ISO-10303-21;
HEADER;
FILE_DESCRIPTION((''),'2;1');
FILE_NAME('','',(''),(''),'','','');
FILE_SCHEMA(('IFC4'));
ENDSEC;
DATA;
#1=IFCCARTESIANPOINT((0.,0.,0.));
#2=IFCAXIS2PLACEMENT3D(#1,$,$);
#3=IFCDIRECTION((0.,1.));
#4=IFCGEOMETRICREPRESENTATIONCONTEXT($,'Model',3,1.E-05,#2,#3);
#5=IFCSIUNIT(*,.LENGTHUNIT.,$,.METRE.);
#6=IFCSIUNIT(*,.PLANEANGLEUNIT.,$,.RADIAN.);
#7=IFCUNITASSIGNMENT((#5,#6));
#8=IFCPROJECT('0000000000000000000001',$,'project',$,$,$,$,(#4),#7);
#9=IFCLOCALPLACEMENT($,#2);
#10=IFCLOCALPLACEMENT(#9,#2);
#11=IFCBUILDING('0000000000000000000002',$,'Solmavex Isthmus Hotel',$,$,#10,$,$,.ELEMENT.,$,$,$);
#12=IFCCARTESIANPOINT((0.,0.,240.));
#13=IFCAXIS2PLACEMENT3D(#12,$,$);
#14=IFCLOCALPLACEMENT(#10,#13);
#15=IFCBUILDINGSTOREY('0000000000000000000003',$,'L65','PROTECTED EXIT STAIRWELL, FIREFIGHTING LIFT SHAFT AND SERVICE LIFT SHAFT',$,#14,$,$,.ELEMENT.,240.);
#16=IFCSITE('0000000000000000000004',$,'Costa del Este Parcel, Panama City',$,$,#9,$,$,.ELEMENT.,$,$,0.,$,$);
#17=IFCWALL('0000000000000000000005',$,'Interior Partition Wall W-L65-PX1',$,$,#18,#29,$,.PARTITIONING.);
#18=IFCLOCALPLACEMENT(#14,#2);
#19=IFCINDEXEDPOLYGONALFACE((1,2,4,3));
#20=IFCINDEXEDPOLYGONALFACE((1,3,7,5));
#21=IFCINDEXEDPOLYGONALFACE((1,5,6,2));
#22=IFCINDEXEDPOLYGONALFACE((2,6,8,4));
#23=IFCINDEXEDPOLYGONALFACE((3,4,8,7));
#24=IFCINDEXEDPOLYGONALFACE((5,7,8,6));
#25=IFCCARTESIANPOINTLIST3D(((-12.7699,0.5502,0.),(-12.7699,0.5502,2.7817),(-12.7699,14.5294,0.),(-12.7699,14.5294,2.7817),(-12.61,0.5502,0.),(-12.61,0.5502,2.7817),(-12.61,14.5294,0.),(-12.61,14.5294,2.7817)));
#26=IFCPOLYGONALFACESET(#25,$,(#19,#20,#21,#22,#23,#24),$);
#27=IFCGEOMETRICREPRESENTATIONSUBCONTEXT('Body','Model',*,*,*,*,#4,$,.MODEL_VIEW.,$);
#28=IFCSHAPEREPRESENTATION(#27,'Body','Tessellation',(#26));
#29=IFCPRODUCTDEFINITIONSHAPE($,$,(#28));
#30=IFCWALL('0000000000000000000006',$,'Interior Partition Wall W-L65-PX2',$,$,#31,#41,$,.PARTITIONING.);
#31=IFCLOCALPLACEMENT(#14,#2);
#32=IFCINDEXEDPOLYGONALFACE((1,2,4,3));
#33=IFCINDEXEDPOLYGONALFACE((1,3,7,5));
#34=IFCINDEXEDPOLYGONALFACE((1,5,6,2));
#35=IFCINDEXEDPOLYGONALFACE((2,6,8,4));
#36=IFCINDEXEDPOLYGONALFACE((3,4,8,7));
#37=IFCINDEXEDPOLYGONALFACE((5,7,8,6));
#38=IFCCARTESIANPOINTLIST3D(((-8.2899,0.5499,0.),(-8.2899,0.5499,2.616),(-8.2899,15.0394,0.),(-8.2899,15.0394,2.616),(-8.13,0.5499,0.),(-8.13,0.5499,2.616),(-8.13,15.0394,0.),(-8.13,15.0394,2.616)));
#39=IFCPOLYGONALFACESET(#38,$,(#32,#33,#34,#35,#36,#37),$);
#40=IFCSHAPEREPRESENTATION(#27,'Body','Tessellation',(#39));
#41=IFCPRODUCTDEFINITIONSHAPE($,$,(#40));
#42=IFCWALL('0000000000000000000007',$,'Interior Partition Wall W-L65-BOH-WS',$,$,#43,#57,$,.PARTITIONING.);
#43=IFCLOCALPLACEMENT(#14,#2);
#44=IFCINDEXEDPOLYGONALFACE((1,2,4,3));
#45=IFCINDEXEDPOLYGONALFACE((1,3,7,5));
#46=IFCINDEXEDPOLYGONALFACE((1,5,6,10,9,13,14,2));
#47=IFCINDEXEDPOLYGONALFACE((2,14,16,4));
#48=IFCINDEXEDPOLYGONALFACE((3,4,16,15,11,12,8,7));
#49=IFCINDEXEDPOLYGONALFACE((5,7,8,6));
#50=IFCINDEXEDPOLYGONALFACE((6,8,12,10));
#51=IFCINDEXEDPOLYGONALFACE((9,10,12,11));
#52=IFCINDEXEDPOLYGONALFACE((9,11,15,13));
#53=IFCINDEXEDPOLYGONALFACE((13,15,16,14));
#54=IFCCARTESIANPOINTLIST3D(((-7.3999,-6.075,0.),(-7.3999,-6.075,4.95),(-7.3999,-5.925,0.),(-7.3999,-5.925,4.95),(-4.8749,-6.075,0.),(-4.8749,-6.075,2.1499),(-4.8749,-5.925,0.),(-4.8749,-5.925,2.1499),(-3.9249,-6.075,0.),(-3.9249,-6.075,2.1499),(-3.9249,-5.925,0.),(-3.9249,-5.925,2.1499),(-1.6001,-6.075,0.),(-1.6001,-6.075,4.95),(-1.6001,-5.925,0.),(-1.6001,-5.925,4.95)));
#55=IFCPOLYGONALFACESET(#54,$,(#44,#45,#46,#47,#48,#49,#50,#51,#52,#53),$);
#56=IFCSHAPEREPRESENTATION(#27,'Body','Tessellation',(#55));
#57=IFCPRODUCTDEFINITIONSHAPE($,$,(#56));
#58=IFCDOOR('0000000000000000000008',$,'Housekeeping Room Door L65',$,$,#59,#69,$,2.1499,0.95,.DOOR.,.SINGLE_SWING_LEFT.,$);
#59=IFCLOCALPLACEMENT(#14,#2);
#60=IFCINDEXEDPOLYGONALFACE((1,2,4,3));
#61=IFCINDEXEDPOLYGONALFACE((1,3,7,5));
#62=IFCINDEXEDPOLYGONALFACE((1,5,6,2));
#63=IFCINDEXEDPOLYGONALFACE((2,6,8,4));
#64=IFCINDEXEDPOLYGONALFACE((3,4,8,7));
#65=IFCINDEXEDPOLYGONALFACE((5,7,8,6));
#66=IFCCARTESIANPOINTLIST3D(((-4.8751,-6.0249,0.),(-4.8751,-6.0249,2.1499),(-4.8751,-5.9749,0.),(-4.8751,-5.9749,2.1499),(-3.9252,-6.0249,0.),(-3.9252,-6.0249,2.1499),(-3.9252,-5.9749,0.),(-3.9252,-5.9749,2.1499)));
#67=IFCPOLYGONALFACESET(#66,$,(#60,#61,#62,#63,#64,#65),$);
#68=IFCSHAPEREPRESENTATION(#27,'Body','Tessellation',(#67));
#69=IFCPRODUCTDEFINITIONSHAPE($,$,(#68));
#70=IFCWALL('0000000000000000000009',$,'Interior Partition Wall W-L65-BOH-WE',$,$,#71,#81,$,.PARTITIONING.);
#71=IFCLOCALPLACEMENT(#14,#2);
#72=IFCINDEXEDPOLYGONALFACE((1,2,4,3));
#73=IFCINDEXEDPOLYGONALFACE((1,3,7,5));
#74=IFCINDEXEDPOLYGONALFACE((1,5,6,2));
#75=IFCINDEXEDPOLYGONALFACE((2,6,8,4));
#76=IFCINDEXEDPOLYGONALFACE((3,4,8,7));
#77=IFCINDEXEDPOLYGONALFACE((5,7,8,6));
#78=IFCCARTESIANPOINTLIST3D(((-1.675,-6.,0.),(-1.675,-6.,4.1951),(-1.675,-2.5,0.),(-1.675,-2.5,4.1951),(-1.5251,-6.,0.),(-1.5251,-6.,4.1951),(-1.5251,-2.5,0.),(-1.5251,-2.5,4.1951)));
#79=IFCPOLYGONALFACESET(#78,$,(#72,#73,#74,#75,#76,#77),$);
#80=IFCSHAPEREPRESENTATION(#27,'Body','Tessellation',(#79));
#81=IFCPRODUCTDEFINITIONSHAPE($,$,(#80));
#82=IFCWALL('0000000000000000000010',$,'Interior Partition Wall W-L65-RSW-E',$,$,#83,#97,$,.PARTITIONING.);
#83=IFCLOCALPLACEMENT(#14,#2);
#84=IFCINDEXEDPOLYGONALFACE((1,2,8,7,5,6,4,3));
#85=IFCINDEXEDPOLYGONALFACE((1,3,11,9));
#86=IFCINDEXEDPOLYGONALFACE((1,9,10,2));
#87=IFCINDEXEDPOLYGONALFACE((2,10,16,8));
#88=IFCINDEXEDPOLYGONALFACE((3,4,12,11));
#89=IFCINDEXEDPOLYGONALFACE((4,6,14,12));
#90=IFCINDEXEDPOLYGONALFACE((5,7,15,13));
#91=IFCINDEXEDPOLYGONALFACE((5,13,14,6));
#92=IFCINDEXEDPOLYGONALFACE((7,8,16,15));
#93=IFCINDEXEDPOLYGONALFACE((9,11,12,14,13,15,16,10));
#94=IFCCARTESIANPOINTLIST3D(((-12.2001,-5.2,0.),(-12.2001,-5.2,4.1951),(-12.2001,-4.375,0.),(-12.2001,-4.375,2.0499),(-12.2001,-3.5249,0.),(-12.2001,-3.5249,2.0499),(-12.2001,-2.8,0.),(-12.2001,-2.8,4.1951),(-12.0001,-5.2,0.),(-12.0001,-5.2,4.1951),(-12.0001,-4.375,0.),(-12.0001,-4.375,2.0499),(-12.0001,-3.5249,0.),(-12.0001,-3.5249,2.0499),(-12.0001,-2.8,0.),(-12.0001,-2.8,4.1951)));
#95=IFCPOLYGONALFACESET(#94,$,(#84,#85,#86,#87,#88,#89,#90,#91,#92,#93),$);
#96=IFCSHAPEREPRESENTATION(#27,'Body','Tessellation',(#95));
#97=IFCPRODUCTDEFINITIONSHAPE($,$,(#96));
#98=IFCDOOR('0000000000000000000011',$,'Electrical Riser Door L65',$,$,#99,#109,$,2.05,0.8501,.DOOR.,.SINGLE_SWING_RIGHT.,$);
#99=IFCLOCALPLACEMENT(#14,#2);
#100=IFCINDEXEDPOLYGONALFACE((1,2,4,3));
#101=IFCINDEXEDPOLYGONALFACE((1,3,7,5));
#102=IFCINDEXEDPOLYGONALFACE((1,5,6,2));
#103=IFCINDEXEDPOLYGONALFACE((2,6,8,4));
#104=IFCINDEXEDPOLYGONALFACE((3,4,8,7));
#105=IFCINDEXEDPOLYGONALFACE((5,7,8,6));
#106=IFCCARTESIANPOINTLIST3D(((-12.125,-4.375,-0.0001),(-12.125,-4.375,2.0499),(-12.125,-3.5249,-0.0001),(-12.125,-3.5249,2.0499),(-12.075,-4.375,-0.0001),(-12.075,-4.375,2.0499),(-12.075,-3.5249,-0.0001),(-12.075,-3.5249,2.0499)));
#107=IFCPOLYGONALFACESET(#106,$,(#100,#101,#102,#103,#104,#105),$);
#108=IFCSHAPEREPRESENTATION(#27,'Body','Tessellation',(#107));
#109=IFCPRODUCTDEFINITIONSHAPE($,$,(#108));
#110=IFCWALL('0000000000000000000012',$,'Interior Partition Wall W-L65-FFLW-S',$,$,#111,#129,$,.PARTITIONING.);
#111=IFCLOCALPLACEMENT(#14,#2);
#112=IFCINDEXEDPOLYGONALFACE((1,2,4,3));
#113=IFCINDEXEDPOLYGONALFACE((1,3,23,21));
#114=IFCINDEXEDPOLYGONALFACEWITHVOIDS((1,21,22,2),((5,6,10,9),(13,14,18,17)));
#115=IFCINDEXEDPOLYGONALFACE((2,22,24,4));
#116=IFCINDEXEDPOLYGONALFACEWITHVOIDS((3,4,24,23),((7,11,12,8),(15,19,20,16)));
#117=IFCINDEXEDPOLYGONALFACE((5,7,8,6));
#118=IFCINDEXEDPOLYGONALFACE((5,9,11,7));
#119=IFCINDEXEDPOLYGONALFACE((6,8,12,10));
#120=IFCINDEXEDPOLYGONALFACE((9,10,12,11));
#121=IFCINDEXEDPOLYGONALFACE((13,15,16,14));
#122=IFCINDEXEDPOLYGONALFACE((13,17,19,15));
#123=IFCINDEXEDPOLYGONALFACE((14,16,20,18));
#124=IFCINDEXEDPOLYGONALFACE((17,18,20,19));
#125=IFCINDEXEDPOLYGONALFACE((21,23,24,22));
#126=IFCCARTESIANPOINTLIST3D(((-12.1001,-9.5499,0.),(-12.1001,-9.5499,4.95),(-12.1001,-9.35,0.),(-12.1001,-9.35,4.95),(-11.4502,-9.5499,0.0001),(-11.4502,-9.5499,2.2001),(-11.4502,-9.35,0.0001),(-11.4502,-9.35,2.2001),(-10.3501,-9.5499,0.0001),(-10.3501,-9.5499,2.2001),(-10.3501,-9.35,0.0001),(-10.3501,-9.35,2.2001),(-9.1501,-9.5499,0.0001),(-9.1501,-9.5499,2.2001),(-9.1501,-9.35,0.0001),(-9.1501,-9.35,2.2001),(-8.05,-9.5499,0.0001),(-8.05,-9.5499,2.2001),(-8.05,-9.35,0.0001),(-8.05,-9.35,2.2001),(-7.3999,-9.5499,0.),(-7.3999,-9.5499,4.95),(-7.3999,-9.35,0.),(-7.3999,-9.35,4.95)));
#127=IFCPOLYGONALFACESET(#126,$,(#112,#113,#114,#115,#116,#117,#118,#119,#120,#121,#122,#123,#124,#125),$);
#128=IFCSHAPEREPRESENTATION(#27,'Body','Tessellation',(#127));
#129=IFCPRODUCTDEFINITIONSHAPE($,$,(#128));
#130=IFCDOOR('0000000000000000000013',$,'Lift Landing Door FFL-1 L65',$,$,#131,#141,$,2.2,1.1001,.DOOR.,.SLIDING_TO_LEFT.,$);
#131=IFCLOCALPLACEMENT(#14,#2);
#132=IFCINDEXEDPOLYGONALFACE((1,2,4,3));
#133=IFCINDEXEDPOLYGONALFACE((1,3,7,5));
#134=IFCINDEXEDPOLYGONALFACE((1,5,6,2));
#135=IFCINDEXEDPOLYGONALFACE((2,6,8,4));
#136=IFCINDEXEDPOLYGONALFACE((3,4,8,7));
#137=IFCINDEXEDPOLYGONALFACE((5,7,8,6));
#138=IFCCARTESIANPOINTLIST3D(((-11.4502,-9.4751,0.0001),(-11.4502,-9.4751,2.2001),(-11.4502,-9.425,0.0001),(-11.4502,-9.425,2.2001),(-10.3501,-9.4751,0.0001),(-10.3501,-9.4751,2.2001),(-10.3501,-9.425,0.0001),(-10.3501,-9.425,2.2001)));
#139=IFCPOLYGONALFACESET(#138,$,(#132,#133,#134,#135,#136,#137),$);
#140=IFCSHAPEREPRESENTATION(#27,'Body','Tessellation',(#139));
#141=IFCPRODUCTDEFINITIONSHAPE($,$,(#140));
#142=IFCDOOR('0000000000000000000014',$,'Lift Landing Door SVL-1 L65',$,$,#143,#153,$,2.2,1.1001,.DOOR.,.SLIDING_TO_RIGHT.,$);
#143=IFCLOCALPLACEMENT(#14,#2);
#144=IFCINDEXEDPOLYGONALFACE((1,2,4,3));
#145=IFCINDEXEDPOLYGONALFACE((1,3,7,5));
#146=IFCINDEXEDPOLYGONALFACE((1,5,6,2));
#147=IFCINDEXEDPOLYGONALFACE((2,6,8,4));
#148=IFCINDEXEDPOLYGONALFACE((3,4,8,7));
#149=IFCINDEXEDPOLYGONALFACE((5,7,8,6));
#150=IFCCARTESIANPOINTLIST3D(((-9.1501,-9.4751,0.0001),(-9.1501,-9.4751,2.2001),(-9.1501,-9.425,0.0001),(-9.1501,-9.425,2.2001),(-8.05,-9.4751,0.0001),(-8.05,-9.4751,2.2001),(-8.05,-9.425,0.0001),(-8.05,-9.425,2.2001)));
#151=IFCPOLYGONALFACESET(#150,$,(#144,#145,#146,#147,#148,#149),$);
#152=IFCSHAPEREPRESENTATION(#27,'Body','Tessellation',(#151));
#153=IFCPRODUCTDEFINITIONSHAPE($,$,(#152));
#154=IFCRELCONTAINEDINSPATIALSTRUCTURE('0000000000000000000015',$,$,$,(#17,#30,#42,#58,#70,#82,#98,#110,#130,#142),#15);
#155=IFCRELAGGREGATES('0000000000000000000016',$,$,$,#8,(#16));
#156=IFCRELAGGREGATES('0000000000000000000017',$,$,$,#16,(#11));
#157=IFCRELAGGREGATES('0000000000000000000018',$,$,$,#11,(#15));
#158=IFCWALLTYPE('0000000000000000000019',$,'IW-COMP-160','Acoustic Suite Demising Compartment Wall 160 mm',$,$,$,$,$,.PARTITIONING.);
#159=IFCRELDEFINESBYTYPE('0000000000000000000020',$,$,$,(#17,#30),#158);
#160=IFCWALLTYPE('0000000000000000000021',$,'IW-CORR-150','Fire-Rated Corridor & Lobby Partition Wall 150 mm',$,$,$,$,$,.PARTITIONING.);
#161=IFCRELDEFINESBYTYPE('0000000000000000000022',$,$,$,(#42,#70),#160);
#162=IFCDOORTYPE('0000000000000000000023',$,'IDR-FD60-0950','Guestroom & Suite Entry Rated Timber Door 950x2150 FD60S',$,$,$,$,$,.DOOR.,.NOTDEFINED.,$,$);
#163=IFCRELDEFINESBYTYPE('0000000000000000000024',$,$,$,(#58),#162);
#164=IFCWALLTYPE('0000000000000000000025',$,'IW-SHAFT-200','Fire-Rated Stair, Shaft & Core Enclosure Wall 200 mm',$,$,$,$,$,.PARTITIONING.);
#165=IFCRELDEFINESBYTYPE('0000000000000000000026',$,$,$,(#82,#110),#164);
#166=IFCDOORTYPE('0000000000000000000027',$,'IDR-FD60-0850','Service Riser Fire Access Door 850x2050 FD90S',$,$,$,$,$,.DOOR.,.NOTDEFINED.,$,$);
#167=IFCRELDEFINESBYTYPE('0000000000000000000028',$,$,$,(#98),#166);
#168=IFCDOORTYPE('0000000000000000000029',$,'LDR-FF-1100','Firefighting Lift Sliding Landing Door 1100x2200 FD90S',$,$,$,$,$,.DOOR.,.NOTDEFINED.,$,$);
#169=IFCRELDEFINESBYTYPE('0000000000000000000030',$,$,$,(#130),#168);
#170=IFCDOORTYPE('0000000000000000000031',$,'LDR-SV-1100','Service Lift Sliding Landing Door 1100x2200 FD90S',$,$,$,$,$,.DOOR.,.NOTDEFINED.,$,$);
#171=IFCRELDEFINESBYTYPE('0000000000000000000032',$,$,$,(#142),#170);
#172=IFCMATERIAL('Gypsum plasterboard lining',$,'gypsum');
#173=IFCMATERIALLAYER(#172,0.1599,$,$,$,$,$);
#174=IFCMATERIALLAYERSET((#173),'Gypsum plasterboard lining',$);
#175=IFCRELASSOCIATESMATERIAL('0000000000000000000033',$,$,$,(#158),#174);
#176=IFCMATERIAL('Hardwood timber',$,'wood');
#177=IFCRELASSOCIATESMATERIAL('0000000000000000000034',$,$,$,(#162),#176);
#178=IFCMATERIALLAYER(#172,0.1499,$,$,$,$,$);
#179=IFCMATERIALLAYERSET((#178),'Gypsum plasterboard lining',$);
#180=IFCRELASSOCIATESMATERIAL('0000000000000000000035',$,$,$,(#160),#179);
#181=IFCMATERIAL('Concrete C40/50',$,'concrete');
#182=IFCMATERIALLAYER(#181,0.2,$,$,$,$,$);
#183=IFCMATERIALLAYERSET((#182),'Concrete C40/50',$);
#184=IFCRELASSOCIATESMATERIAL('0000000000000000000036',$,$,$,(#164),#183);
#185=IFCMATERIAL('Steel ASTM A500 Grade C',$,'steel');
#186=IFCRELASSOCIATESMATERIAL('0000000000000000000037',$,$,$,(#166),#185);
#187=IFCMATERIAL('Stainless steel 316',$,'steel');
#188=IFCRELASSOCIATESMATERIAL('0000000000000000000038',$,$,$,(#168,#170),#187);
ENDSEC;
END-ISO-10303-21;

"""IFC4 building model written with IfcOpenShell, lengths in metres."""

from ifc_helpers import new_model, si_unit, direction, frame, frame_2d, origin, place, context, subcontext, project, spatial, rectangle, extrude, material, layer, layer_set, type_object, element, fill, save


model = new_model("IFC4")

# Units and contexts
model_context = context("Model", 3, precision=1e-05, world=origin(), true_north=direction((0.0, 1.0)))
body_context = subcontext(model_context, "Body", "Model", "MODEL_VIEW")
ifc_project = project(units=[si_unit("LENGTHUNIT", "METRE"), si_unit("PLANEANGLEUNIT", "RADIAN")], contexts=[model_context])

# Site, building, storey
site_placement = place(None, origin())
site = spatial("IfcSite", under=ifc_project, at=site_placement, Name="Costa del Este Parcel, Panama City", CompositionType="ELEMENT", RefElevation=0.0)
building_placement = place(site_placement, origin())
building = spatial("IfcBuilding", under=site, at=building_placement, Name="Solmavex Isthmus Hotel", CompositionType="ELEMENT")
storey_placement = place(building_placement, frame((0.0, 0.0, 240.0)))
storey = spatial("IfcBuildingStorey", under=building, at=storey_placement, Name="L65", Description="PROTECTED EXIT STAIRWELL, FIREFIGHTING LIFT SHAFT AND SERVICE LIFT SHAFT", CompositionType="ELEMENT", Elevation=240.0)

# Shared definitions
ifc_material_1 = material(Name="Gypsum plasterboard lining", Category="gypsum")
ifc_layer_1 = layer(ifc_material_1, 0.1599)
ifc_layer_set_1 = layer_set([ifc_layer_1], Name="Gypsum plasterboard lining")
wall_type_1 = type_object("IfcWallType", Name="IW-COMP-160", Description="Acoustic Suite Demising Compartment Wall 160 mm", PredefinedType="PARTITIONING", material=ifc_layer_set_1)
ifc_material_2 = material(Name="Hardwood timber", Category="wood")
door_type_1 = type_object("IfcDoorType", Name="IDR-FD60-0950", Description="Guestroom & Suite Entry Rated Timber Door 950x2150 FD60S", OperationType="NOTDEFINED", PredefinedType="DOOR", material=ifc_material_2)

# Walls
wall_1_placement = place(storey_placement, frame((-12.6899, 0.55, 0.0), z_axis=(0.0, 0.0, 1.0), x_axis=(0.0, 1.0, 0.0)))
element("IfcWall", 1, at=wall_1_placement, inside=storey, type_object=wall_type_1, Name="Interior Partition Wall W-L65-PX1", PredefinedType="PARTITIONING", context=body_context, shape_type="SweptSolid", body=[
    extrude(rectangle(XDim=13.9792, YDim=0.1599, at=frame_2d((6.9897, 0.0))), origin(), (0.0, 0.0, 1.0), 2.7817),
])
wall_2_placement = place(storey_placement, frame((-8.21, 0.55, 0.0), z_axis=(0.0, 0.0, 1.0), x_axis=(0.0, 1.0, 0.0)))
element("IfcWall", 2, at=wall_2_placement, inside=storey, type_object=wall_type_1, Name="Interior Partition Wall W-L65-PX2", PredefinedType="PARTITIONING", context=body_context, shape_type="SweptSolid", body=[
    extrude(rectangle(XDim=14.4895, YDim=0.1599, at=frame_2d((7.2446, 0.0))), origin(), (0.0, 0.0, 1.0), 2.616),
])

# Wall, opening, door
ifc_layer_2 = layer(ifc_material_1, 0.1499)
ifc_layer_set_2 = layer_set([ifc_layer_2], Name="Gypsum plasterboard lining")
wall_type_2 = type_object("IfcWallType", Name="IW-CORR-150", Description="Fire-Rated Corridor & Lobby Partition Wall 150 mm", PredefinedType="PARTITIONING", material=ifc_layer_set_2)
wall_3_placement = place(storey_placement, frame((-7.3999, -6.0, 0.0), z_axis=(0.0, 0.0, 1.0), x_axis=(1.0, 0.0, 0.0)))
wall_3 = element("IfcWall", 3, at=wall_3_placement, inside=storey, type_object=wall_type_2, Name="Interior Partition Wall W-L65-BOH-WS", PredefinedType="PARTITIONING", context=body_context, shape_type="SweptSolid", body=[
    extrude(rectangle(XDim=5.7998, YDim=0.1499, at=frame_2d((2.8999, 0.0))), origin(), (0.0, 0.0, 1.0), 4.95),
])
opening_1_placement = place(wall_3_placement, frame((2.5249, 0.0, 0.0)))
opening_1 = element("IfcOpeningElement", 4, at=opening_1_placement, cuts=wall_3, PredefinedType="OPENING", context=body_context, shape_type="SweptSolid", body=[
    extrude(rectangle(XDim=0.95, YDim=2.1499, at=frame_2d((0.4751, 1.075))), frame((0.0, 0.085, 0.0), z_axis=(0.0, -1.0, 0.0), x_axis=(1.0, 0.0, 0.0)), (0.0, 0.0, 1.0), 0.1699),
])
door_1_placement = place(opening_1_placement, frame((0.95, 0.0, 0.0), z_axis=(0.0, 0.0, 1.0), x_axis=(-1.0, 0.0, 0.0)))
door_1 = element("IfcDoor", 5, at=door_1_placement, inside=storey, type_object=door_type_1, Name="Housekeeping Room Door L65", OperationType="SINGLE_SWING_LEFT", OverallHeight=2.1499, OverallWidth=0.95, PredefinedType="DOOR", context=body_context, shape_type="SweptSolid", body=[
    extrude(rectangle(XDim=0.95, YDim=2.1499, at=frame_2d((0.4751, 1.075))), frame((0.0, 0.0249, 0.0), z_axis=(0.0, -1.0, 0.0), x_axis=(1.0, 0.0, 0.0)), (0.0, 0.0, 1.0), 0.05),
])
fill(opening_1, door_1)

# Wall
wall_4_placement = place(storey_placement, frame((-1.6001, -6.0, 0.0), z_axis=(0.0, 0.0, 1.0), x_axis=(0.0, 1.0, 0.0)))
element("IfcWall", 6, at=wall_4_placement, inside=storey, type_object=wall_type_2, Name="Interior Partition Wall W-L65-BOH-WE", PredefinedType="PARTITIONING", context=body_context, shape_type="SweptSolid", body=[
    extrude(rectangle(XDim=3.5, YDim=0.1499, at=frame_2d((1.75, 0.0))), origin(), (0.0, 0.0, 1.0), 4.1951),
])

# Wall, opening, door
ifc_material_3 = material(Name="Concrete C40/50", Category="concrete")
ifc_layer_3 = layer(ifc_material_3, 0.2)
ifc_layer_set_3 = layer_set([ifc_layer_3], Name="Concrete C40/50")
wall_type_3 = type_object("IfcWallType", Name="IW-SHAFT-200", Description="Fire-Rated Stair, Shaft & Core Enclosure Wall 200 mm", PredefinedType="PARTITIONING", material=ifc_layer_set_3)
wall_5_placement = place(storey_placement, frame((-12.1001, -5.2, 0.0), z_axis=(0.0, 0.0, 1.0), x_axis=(0.0, 1.0, 0.0)))
wall_5 = element("IfcWall", 7, at=wall_5_placement, inside=storey, type_object=wall_type_3, Name="Interior Partition Wall W-L65-RSW-E", PredefinedType="PARTITIONING", context=body_context, shape_type="SweptSolid", body=[
    extrude(rectangle(XDim=2.3999, YDim=0.2, at=frame_2d((1.2, 0.0))), origin(), (0.0, 0.0, 1.0), 4.1951),
])
opening_2_placement = place(wall_5_placement, frame((0.825, 0.0, 0.0)))
opening_2 = element("IfcOpeningElement", 8, at=opening_2_placement, cuts=wall_5, PredefinedType="OPENING", context=body_context, shape_type="SweptSolid", body=[
    extrude(rectangle(XDim=0.8501, YDim=2.05, at=frame_2d((0.425, 1.0249))), frame((0.0, 0.1099, 0.0), z_axis=(0.0, -1.0, 0.0), x_axis=(1.0, 0.0, 0.0)), (0.0, 0.0, 1.0), 0.22),
])
ifc_material_4 = material(Name="Steel ASTM A500 Grade C", Category="steel")
door_type_2 = type_object("IfcDoorType", Name="IDR-FD60-0850", Description="Service Riser Fire Access Door 850x2050 FD90S", OperationType="NOTDEFINED", PredefinedType="DOOR", material=ifc_material_4)
door_2_placement = place(opening_2_placement, origin())
door_2 = element("IfcDoor", 9, at=door_2_placement, inside=storey, type_object=door_type_2, Name="Electrical Riser Door L65", OperationType="SINGLE_SWING_RIGHT", OverallHeight=2.05, OverallWidth=0.8501, PredefinedType="DOOR", context=body_context, shape_type="SweptSolid", body=[
    extrude(rectangle(XDim=0.8501, YDim=2.05, at=frame_2d((0.425, 1.0249))), frame((0.0, 0.0249, 0.0), z_axis=(0.0, -1.0, 0.0), x_axis=(1.0, 0.0, 0.0)), (0.0, 0.0, 1.0), 0.05),
])
fill(opening_2, door_2)

# Wall, openings, doors
wall_6_placement = place(storey_placement, frame((-12.1001, -9.45, 0.0), z_axis=(0.0, 0.0, 1.0), x_axis=(1.0, 0.0, 0.0)))
wall_6 = element("IfcWall", 10, at=wall_6_placement, inside=storey, type_object=wall_type_3, Name="Interior Partition Wall W-L65-FFLW-S", PredefinedType="PARTITIONING", context=body_context, shape_type="SweptSolid", body=[
    extrude(rectangle(XDim=4.7002, YDim=0.2, at=frame_2d((2.3501, 0.0))), origin(), (0.0, 0.0, 1.0), 4.95),
])
opening_3_placement = place(wall_6_placement, frame((0.6499, 0.0, 0.0)))
opening_3 = element("IfcOpeningElement", 11, at=opening_3_placement, cuts=wall_6, PredefinedType="OPENING", context=body_context, shape_type="SweptSolid", body=[
    extrude(rectangle(XDim=1.1001, YDim=2.2, at=frame_2d((0.55, 1.1001))), frame((0.0, 0.1099, 0.0), z_axis=(0.0, -1.0, 0.0), x_axis=(1.0, 0.0, 0.0)), (0.0, 0.0, 1.0), 0.22),
])
opening_4_placement = place(wall_6_placement, frame((2.95, 0.0, 0.0)))
opening_4 = element("IfcOpeningElement", 12, at=opening_4_placement, cuts=wall_6, PredefinedType="OPENING", context=body_context, shape_type="SweptSolid", body=[
    extrude(rectangle(XDim=1.1001, YDim=2.2, at=frame_2d((0.55, 1.1001))), frame((0.0, 0.1099, 0.0), z_axis=(0.0, -1.0, 0.0), x_axis=(1.0, 0.0, 0.0)), (0.0, 0.0, 1.0), 0.22),
])
ifc_material_5 = material(Name="Stainless steel 316", Category="steel")
door_type_3 = type_object("IfcDoorType", Name="LDR-FF-1100", Description="Firefighting Lift Sliding Landing Door 1100x2200 FD90S", OperationType="NOTDEFINED", PredefinedType="DOOR", material=ifc_material_5)
door_3_placement = place(opening_3_placement, origin())
door_3 = element("IfcDoor", 13, at=door_3_placement, inside=storey, type_object=door_type_3, Name="Lift Landing Door FFL-1 L65", OperationType="SLIDING_TO_LEFT", OverallHeight=2.2, OverallWidth=1.1001, PredefinedType="DOOR", context=body_context, shape_type="SweptSolid", body=[
    extrude(rectangle(XDim=1.1001, YDim=2.2, at=frame_2d((0.55, 1.1001))), frame((0.0, 0.0249, 0.0), z_axis=(0.0, -1.0, 0.0), x_axis=(1.0, 0.0, 0.0)), (0.0, 0.0, 1.0), 0.05),
])
fill(opening_3, door_3)
door_type_4 = type_object("IfcDoorType", Name="LDR-SV-1100", Description="Service Lift Sliding Landing Door 1100x2200 FD90S", OperationType="NOTDEFINED", PredefinedType="DOOR", material=ifc_material_5)
door_4_placement = place(opening_4_placement, origin())
door_4 = element("IfcDoor", 14, at=door_4_placement, inside=storey, type_object=door_type_4, Name="Lift Landing Door SVL-1 L65", OperationType="SLIDING_TO_RIGHT", OverallHeight=2.2, OverallWidth=1.1001, PredefinedType="DOOR", context=body_context, shape_type="SweptSolid", body=[
    extrude(rectangle(XDim=1.1001, YDim=2.2, at=frame_2d((0.55, 1.1001))), frame((0.0, 0.0249, 0.0), z_axis=(0.0, -1.0, 0.0), x_axis=(1.0, 0.0, 0.0)), (0.0, 0.0, 1.0), 0.05),
])
fill(opening_4, door_4)

save(model, "model.ifc")
